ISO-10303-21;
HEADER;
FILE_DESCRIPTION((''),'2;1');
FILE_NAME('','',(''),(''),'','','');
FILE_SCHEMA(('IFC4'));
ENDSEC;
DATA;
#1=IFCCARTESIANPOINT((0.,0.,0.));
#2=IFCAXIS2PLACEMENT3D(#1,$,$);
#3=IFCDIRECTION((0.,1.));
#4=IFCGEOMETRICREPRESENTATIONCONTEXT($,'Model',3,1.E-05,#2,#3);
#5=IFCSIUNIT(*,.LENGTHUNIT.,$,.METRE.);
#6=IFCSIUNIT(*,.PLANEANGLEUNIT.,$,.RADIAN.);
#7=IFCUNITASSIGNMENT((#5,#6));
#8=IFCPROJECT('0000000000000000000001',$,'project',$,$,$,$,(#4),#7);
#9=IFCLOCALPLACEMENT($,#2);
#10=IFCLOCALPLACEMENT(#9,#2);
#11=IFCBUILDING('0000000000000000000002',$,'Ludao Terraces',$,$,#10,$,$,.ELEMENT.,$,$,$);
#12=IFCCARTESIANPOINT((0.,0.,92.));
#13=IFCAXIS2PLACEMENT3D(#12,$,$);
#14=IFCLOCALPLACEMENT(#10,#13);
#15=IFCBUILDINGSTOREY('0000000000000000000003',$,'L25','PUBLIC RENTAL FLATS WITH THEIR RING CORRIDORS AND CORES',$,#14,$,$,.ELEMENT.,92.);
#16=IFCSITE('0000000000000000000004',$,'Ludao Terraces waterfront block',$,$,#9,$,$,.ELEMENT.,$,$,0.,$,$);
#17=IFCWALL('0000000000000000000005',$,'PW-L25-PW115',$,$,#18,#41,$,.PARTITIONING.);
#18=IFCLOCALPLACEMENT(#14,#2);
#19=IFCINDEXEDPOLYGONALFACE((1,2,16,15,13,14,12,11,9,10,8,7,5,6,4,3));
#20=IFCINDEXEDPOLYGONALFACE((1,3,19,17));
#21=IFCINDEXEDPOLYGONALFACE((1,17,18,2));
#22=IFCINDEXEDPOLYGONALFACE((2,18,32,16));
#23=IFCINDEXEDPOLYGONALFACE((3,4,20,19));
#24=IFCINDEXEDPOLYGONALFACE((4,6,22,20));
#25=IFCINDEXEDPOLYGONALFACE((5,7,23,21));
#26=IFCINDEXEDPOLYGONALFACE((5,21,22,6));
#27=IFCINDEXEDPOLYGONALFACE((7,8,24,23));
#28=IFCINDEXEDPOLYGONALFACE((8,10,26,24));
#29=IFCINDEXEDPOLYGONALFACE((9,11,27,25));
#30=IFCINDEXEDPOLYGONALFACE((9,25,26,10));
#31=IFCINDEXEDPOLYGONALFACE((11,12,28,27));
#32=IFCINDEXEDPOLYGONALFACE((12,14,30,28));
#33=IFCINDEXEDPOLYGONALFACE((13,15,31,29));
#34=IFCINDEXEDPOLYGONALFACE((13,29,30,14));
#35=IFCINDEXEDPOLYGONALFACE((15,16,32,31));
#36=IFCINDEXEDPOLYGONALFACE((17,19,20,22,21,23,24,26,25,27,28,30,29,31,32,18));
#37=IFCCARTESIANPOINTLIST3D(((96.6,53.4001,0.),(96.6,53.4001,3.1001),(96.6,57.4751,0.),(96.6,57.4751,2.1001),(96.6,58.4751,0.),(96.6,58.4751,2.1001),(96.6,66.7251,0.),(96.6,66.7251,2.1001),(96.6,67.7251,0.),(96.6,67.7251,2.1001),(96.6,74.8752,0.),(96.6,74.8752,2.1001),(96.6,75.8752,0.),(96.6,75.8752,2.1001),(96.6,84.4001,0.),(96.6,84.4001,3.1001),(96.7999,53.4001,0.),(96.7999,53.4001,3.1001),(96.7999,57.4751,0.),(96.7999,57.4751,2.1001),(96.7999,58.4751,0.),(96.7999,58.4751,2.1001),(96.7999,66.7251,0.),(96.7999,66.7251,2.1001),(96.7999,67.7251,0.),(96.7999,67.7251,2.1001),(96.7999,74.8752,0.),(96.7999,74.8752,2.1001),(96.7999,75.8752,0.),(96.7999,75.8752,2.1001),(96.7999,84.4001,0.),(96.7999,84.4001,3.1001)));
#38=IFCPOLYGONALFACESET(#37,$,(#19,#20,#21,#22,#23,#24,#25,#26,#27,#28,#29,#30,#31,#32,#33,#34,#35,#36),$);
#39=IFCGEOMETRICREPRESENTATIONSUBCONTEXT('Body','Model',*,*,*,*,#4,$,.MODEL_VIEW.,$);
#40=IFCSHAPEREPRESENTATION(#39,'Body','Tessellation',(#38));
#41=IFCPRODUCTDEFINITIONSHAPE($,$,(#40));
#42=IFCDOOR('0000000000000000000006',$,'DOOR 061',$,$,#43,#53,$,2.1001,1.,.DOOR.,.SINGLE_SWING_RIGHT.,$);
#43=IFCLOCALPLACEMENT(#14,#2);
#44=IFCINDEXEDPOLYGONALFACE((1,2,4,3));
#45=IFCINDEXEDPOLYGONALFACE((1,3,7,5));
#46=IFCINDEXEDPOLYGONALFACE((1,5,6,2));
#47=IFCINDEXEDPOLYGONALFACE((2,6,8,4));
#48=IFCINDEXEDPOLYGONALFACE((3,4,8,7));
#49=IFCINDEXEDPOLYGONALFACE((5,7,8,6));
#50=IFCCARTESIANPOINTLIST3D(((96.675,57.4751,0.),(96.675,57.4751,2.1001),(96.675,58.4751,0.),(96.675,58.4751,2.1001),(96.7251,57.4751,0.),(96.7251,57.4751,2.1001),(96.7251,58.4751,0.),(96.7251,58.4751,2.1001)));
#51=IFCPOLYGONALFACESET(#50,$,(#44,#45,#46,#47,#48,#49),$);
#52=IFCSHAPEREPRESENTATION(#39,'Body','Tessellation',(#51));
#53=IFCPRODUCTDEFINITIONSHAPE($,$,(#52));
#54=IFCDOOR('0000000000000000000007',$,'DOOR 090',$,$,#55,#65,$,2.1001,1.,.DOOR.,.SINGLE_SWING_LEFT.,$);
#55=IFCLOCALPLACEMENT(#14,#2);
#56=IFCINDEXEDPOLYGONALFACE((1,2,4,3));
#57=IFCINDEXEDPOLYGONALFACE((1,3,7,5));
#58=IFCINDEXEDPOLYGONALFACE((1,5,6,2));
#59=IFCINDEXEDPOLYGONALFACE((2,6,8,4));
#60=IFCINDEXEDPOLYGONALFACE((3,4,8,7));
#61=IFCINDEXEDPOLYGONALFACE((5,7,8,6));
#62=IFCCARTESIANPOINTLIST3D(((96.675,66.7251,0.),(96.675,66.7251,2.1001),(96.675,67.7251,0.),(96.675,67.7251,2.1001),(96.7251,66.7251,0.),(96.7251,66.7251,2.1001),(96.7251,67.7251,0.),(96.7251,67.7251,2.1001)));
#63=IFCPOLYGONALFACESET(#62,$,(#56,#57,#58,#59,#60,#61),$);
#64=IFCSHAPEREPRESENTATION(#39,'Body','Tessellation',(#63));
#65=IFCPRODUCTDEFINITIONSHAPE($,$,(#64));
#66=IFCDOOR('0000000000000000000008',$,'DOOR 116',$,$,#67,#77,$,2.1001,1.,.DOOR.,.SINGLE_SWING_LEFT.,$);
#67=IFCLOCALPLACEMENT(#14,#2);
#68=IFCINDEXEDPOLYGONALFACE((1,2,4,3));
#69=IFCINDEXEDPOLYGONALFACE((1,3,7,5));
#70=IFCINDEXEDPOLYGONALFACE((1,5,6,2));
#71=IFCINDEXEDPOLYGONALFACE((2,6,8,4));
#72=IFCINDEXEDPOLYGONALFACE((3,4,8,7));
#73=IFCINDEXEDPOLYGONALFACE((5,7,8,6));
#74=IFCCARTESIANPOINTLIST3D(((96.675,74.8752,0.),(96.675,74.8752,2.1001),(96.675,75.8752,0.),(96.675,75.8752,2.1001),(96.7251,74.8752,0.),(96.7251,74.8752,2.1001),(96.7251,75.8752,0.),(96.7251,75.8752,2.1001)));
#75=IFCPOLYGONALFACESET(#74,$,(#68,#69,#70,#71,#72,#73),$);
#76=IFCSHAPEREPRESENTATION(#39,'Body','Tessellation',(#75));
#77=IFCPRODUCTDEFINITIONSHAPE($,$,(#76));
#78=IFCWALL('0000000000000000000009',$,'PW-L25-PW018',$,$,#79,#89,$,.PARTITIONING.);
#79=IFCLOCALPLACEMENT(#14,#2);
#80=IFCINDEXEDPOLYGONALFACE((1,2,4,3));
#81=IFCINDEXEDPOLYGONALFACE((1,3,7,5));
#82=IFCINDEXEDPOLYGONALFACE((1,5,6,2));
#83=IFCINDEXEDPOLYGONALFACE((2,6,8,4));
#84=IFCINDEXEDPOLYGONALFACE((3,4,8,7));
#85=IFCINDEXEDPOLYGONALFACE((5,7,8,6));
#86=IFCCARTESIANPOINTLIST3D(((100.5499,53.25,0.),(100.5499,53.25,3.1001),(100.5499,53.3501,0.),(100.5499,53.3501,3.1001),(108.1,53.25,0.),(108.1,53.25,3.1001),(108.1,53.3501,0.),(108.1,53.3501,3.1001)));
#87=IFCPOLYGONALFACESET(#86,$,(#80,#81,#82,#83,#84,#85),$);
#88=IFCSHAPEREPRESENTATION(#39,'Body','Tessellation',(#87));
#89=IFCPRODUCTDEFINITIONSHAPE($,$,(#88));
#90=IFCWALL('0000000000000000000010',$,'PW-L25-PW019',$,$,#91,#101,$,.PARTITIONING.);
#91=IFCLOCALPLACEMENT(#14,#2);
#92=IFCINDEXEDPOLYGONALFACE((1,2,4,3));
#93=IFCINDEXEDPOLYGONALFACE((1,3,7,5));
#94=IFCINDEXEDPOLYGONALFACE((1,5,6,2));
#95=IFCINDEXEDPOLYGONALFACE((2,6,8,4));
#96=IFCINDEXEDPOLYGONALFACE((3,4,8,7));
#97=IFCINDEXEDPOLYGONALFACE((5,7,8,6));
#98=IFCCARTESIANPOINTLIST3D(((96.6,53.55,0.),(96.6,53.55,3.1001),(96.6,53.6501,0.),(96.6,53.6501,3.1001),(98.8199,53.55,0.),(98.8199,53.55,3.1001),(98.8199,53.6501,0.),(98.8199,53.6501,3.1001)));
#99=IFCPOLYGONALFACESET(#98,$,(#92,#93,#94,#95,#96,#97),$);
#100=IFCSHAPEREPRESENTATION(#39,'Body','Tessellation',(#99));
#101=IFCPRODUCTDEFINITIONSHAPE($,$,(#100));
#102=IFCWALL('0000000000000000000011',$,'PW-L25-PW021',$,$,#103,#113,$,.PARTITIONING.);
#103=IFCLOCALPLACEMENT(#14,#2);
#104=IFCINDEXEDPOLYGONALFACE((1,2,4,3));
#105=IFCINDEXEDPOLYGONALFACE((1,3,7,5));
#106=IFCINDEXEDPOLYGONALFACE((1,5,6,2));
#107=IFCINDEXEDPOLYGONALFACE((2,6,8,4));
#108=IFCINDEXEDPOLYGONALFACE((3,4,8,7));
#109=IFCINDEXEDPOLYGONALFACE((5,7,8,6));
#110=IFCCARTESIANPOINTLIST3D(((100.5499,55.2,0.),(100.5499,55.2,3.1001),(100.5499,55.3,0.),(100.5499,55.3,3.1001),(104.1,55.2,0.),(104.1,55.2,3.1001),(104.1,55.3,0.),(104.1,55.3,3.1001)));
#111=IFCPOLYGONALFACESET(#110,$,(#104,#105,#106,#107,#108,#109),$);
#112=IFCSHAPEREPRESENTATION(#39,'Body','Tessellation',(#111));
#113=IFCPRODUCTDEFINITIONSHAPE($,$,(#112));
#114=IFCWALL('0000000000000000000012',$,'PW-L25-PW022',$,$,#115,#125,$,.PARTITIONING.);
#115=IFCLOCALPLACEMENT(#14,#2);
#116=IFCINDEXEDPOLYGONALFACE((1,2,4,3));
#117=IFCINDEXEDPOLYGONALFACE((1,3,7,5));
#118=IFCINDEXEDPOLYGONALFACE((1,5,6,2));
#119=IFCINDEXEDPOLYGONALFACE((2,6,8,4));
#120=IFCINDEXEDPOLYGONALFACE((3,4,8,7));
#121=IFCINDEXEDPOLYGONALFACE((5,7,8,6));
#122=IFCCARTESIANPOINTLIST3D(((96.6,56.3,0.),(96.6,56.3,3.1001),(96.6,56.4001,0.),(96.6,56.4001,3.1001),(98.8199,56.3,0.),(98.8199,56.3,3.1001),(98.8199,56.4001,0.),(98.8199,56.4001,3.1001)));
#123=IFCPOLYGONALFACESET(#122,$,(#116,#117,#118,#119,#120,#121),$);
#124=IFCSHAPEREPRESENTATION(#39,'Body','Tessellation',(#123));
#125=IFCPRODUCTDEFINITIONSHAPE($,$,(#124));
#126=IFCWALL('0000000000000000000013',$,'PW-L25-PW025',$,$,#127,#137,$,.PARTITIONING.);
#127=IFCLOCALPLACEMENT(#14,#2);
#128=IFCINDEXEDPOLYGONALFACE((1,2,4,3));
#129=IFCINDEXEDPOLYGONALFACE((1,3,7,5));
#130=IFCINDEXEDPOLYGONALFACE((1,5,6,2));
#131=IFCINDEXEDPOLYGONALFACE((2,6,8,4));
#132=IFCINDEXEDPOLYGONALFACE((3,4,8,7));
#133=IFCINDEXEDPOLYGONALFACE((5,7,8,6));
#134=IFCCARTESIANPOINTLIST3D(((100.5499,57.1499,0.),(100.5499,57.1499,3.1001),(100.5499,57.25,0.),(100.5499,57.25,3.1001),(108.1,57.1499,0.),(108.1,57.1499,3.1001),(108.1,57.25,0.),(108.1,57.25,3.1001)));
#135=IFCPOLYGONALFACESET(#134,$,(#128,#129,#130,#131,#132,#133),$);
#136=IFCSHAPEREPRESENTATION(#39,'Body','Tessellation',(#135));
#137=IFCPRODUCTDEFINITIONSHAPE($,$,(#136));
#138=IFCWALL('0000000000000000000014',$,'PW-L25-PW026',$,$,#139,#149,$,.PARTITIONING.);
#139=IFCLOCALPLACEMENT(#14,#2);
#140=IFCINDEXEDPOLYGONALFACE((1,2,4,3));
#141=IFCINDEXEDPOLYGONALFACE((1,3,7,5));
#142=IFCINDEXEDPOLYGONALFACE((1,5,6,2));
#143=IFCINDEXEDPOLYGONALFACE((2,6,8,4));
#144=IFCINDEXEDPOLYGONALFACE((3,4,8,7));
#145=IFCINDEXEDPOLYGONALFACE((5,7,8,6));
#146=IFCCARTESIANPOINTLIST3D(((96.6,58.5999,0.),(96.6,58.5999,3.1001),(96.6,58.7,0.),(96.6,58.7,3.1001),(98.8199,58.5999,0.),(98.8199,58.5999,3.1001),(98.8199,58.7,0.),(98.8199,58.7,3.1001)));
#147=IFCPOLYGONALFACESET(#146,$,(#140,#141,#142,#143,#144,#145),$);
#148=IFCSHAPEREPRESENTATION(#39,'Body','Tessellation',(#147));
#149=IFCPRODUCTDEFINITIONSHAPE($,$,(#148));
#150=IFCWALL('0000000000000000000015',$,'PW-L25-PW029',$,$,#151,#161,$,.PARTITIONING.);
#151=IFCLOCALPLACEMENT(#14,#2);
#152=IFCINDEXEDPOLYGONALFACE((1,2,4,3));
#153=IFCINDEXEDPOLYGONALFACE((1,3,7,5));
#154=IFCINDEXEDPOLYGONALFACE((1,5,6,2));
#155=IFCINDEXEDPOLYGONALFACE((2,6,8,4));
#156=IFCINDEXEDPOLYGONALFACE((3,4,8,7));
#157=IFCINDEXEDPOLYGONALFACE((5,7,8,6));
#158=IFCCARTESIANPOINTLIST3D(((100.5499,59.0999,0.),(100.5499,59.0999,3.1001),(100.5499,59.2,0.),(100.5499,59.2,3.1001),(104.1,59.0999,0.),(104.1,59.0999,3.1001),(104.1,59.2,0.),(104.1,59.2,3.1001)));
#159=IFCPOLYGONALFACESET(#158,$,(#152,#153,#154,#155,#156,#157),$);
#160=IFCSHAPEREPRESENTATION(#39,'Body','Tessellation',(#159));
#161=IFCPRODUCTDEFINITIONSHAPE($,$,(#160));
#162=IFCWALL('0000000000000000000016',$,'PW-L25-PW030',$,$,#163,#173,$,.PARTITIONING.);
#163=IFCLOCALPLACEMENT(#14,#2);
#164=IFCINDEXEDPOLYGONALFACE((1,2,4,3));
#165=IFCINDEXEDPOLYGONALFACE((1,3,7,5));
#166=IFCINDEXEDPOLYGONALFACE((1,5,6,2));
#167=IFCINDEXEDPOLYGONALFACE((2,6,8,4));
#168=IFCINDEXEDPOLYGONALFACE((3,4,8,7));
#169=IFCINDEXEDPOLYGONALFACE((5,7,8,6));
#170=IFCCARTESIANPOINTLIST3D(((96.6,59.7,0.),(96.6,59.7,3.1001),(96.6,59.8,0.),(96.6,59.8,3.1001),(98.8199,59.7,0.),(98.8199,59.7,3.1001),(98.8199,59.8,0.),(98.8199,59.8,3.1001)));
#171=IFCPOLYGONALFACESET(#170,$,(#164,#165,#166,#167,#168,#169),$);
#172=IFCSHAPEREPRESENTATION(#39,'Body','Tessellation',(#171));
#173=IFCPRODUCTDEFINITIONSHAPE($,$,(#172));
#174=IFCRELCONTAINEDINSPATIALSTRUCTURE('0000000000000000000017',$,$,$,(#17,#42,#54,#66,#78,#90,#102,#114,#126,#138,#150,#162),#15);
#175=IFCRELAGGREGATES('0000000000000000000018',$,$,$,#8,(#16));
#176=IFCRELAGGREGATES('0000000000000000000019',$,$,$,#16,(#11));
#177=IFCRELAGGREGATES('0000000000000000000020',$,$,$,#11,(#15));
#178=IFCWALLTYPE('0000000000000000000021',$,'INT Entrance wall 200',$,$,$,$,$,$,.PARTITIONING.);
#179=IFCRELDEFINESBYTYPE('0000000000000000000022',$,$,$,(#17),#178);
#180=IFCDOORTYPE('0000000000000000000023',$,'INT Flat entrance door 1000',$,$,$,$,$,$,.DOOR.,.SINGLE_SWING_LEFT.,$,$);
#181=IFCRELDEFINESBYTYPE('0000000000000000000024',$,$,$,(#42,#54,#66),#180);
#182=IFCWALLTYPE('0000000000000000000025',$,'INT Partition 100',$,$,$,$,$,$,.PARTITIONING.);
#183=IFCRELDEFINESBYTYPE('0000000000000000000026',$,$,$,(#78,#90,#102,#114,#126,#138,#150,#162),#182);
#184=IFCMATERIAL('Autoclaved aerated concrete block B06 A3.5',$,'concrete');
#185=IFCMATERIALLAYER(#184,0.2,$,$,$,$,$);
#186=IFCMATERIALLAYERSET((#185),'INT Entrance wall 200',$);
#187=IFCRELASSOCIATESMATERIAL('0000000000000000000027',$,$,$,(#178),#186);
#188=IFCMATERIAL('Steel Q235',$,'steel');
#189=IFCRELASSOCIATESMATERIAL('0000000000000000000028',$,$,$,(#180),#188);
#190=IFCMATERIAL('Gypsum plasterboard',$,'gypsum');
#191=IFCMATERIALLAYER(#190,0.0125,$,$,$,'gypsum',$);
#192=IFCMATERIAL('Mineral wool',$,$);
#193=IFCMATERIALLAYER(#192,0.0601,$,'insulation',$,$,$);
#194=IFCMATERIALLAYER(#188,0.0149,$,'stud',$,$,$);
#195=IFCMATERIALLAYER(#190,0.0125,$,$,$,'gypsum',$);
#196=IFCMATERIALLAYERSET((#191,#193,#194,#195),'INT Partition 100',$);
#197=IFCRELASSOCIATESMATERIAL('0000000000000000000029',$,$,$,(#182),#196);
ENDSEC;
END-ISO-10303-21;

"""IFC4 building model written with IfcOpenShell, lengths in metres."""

from ifc_helpers import new_model, si_unit, direction, frame, frame_2d, origin, place, context, subcontext, project, spatial, rectangle, extrude, material, layer, layer_set, type_object, element, fill, save


model = new_model("IFC4")

# Units and contexts
model_context = context("Model", 3, precision=1e-05, world=origin(), true_north=direction((0.0, 1.0)))
body_context = subcontext(model_context, "Body", "Model", "MODEL_VIEW")
ifc_project = project(units=[si_unit("LENGTHUNIT", "METRE"), si_unit("PLANEANGLEUNIT", "RADIAN")], contexts=[model_context])

# Site, building, storey
site_placement = place(None, origin())
site = spatial("IfcSite", under=ifc_project, at=site_placement, Name="Ludao Terraces waterfront block", CompositionType="ELEMENT", RefElevation=0.0)
building_placement = place(site_placement, origin())
building = spatial("IfcBuilding", under=site, at=building_placement, Name="Ludao Terraces", CompositionType="ELEMENT")
storey_placement = place(building_placement, frame((0.0, 0.0, 92.0)))
storey = spatial("IfcBuildingStorey", under=building, at=storey_placement, Name="L25", Description="PUBLIC RENTAL FLATS WITH THEIR RING CORRIDORS AND CORES", CompositionType="ELEMENT", Elevation=92.0)

# Wall, openings, doors
ifc_material_1 = material(Name="Autoclaved aerated concrete block B06 A3.5", Category="concrete")
ifc_layer_1 = layer(ifc_material_1, 0.2)
ifc_layer_set_1 = layer_set([ifc_layer_1], Name="INT Entrance wall 200")
wall_type_1 = type_object("IfcWallType", Name="INT Entrance wall 200", PredefinedType="PARTITIONING", material=ifc_layer_set_1)
wall_1_placement = place(storey_placement, frame((96.7, 53.4001, 0.0), z_axis=(0.0, 0.0, 1.0), x_axis=(0.0, 1.0, 0.0)))
wall_1 = element("IfcWall", 1, at=wall_1_placement, inside=storey, type_object=wall_type_1, Name="PW-L25-PW115", PredefinedType="PARTITIONING", context=body_context, shape_type="SweptSolid", body=[
    extrude(rectangle(XDim=31.0, YDim=0.2, at=frame_2d((15.5, 0.0))), origin(), (0.0, 0.0, 1.0), 3.1001),
])
opening_1_placement = place(wall_1_placement, frame((4.075, 0.0, 0.0)))
opening_1 = element("IfcOpeningElement", 2, at=opening_1_placement, cuts=wall_1, PredefinedType="OPENING", context=body_context, shape_type="SweptSolid", body=[
    extrude(rectangle(XDim=1.0, YDim=2.1001, at=frame_2d((0.5, 1.05))), frame((0.0, 0.1099, 0.0), z_axis=(0.0, -1.0, 0.0), x_axis=(1.0, 0.0, 0.0)), (0.0, 0.0, 1.0), 0.22),
])
opening_2_placement = place(wall_1_placement, frame((13.325, 0.0, 0.0)))
opening_2 = element("IfcOpeningElement", 3, at=opening_2_placement, cuts=wall_1, PredefinedType="OPENING", context=body_context, shape_type="SweptSolid", body=[
    extrude(rectangle(XDim=1.0, YDim=2.1001, at=frame_2d((0.5, 1.05))), frame((0.0, 0.1099, 0.0), z_axis=(0.0, -1.0, 0.0), x_axis=(1.0, 0.0, 0.0)), (0.0, 0.0, 1.0), 0.22),
])
opening_3_placement = place(wall_1_placement, frame((21.4751, 0.0, 0.0)))
opening_3 = element("IfcOpeningElement", 4, at=opening_3_placement, cuts=wall_1, PredefinedType="OPENING", context=body_context, shape_type="SweptSolid", body=[
    extrude(rectangle(XDim=1.0, YDim=2.1001, at=frame_2d((0.5, 1.05))), frame((0.0, 0.1099, 0.0), z_axis=(0.0, -1.0, 0.0), x_axis=(1.0, 0.0, 0.0)), (0.0, 0.0, 1.0), 0.22),
])
ifc_material_2 = material(Name="Steel Q235", Category="steel")
door_type_1 = type_object("IfcDoorType", Name="INT Flat entrance door 1000", OperationType="SINGLE_SWING_LEFT", PredefinedType="DOOR", material=ifc_material_2)
door_1_placement = place(opening_1_placement, origin())
door_1 = element("IfcDoor", 5, at=door_1_placement, inside=storey, type_object=door_type_1, Name="DOOR 061", OperationType="SINGLE_SWING_RIGHT", OverallHeight=2.1001, OverallWidth=1.0, PredefinedType="DOOR", context=body_context, shape_type="SweptSolid", body=[
    extrude(rectangle(XDim=1.0, YDim=2.1001, at=frame_2d((0.5, 1.05))), frame((0.0, 0.0249, 0.0), z_axis=(0.0, -1.0, 0.0), x_axis=(1.0, 0.0, 0.0)), (0.0, 0.0, 1.0), 0.05),
])
fill(opening_1, door_1)
door_2_placement = place(opening_2_placement, origin())
door_2 = element("IfcDoor", 6, at=door_2_placement, inside=storey, type_object=door_type_1, Name="DOOR 090", OperationType="SINGLE_SWING_LEFT", OverallHeight=2.1001, OverallWidth=1.0, PredefinedType="DOOR", context=body_context, shape_type="SweptSolid", body=[
    extrude(rectangle(XDim=1.0, YDim=2.1001, at=frame_2d((0.5, 1.05))), frame((0.0, 0.0249, 0.0), z_axis=(0.0, -1.0, 0.0), x_axis=(1.0, 0.0, 0.0)), (0.0, 0.0, 1.0), 0.05),
])
fill(opening_2, door_2)
door_3_placement = place(opening_3_placement, origin())
door_3 = element("IfcDoor", 7, at=door_3_placement, inside=storey, type_object=door_type_1, Name="DOOR 116", OperationType="SINGLE_SWING_LEFT", OverallHeight=2.1001, OverallWidth=1.0, PredefinedType="DOOR", context=body_context, shape_type="SweptSolid", body=[
    extrude(rectangle(XDim=1.0, YDim=2.1001, at=frame_2d((0.5, 1.05))), frame((0.0, 0.0249, 0.0), z_axis=(0.0, -1.0, 0.0), x_axis=(1.0, 0.0, 0.0)), (0.0, 0.0, 1.0), 0.05),
])
fill(opening_3, door_3)

# Walls
ifc_material_3 = material(Name="Gypsum plasterboard", Category="gypsum")
ifc_layer_2 = layer(ifc_material_3, 0.0125, Category="gypsum")
ifc_material_4 = material(Name="Mineral wool")
ifc_layer_3 = layer(ifc_material_4, 0.0601, Name="insulation")
ifc_layer_4 = layer(ifc_material_2, 0.0149, Name="stud")
ifc_layer_5 = layer(ifc_material_3, 0.0125, Category="gypsum")
ifc_layer_set_2 = layer_set([ifc_layer_2, ifc_layer_3, ifc_layer_4, ifc_layer_5], Name="INT Partition 100")
wall_type_2 = type_object("IfcWallType", Name="INT Partition 100", PredefinedType="PARTITIONING", material=ifc_layer_set_2)
wall_2_placement = place(storey_placement, frame((100.55, 53.3, 0.0), z_axis=(0.0, 0.0, 1.0), x_axis=(1.0, 0.0, 0.0)))
element("IfcWall", 8, at=wall_2_placement, inside=storey, type_object=wall_type_2, Name="PW-L25-PW018", PredefinedType="PARTITIONING", context=body_context, shape_type="SweptSolid", body=[
    extrude(rectangle(XDim=7.55, YDim=0.1001, at=frame_2d((3.7749, 0.0))), origin(), (0.0, 0.0, 1.0), 3.1001),
])
wall_3_placement = place(storey_placement, frame((96.6001, 53.6001, 0.0), z_axis=(0.0, 0.0, 1.0), x_axis=(1.0, 0.0, 0.0)))
element("IfcWall", 9, at=wall_3_placement, inside=storey, type_object=wall_type_2, Name="PW-L25-PW019", PredefinedType="PARTITIONING", context=body_context, shape_type="SweptSolid", body=[
    extrude(rectangle(XDim=2.22, YDim=0.1001, at=frame_2d((1.1099, 0.0))), origin(), (0.0, 0.0, 1.0), 3.1001),
])
wall_4_placement = place(storey_placement, frame((100.55, 55.25, 0.0), z_axis=(0.0, 0.0, 1.0), x_axis=(1.0, 0.0, 0.0)))
element("IfcWall", 10, at=wall_4_placement, inside=storey, type_object=wall_type_2, Name="PW-L25-PW021", PredefinedType="PARTITIONING", context=body_context, shape_type="SweptSolid", body=[
    extrude(rectangle(XDim=3.55, YDim=0.1001, at=frame_2d((1.7749, 0.0))), origin(), (0.0, 0.0, 1.0), 3.1001),
])
wall_5_placement = place(storey_placement, frame((96.6001, 56.3501, 0.0), z_axis=(0.0, 0.0, 1.0), x_axis=(1.0, 0.0, 0.0)))
element("IfcWall", 11, at=wall_5_placement, inside=storey, type_object=wall_type_2, Name="PW-L25-PW022", PredefinedType="PARTITIONING", context=body_context, shape_type="SweptSolid", body=[
    extrude(rectangle(XDim=2.22, YDim=0.1001, at=frame_2d((1.1099, 0.0))), origin(), (0.0, 0.0, 1.0), 3.1001),
])
wall_6_placement = place(storey_placement, frame((100.55, 57.2, 0.0), z_axis=(0.0, 0.0, 1.0), x_axis=(1.0, 0.0, 0.0)))
element("IfcWall", 12, at=wall_6_placement, inside=storey, type_object=wall_type_2, Name="PW-L25-PW025", PredefinedType="PARTITIONING", context=body_context, shape_type="SweptSolid", body=[
    extrude(rectangle(XDim=7.55, YDim=0.1001, at=frame_2d((3.7749, 0.0))), origin(), (0.0, 0.0, 1.0), 3.1001),
])
wall_7_placement = place(storey_placement, frame((96.6001, 58.6499, 0.0), z_axis=(0.0, 0.0, 1.0), x_axis=(1.0, 0.0, 0.0)))
element("IfcWall", 13, at=wall_7_placement, inside=storey, type_object=wall_type_2, Name="PW-L25-PW026", PredefinedType="PARTITIONING", context=body_context, shape_type="SweptSolid", body=[
    extrude(rectangle(XDim=2.22, YDim=0.1001, at=frame_2d((1.1099, 0.0))), origin(), (0.0, 0.0, 1.0), 3.1001),
])
wall_8_placement = place(storey_placement, frame((100.55, 59.1499, 0.0), z_axis=(0.0, 0.0, 1.0), x_axis=(1.0, 0.0, 0.0)))
element("IfcWall", 14, at=wall_8_placement, inside=storey, type_object=wall_type_2, Name="PW-L25-PW029", PredefinedType="PARTITIONING", context=body_context, shape_type="SweptSolid", body=[
    extrude(rectangle(XDim=3.55, YDim=0.1001, at=frame_2d((1.7749, 0.0))), origin(), (0.0, 0.0, 1.0), 3.1001),
])
wall_9_placement = place(storey_placement, frame((96.6001, 59.75, 0.0), z_axis=(0.0, 0.0, 1.0), x_axis=(1.0, 0.0, 0.0)))
element("IfcWall", 15, at=wall_9_placement, inside=storey, type_object=wall_type_2, Name="PW-L25-PW030", PredefinedType="PARTITIONING", context=body_context, shape_type="SweptSolid", body=[
    extrude(rectangle(XDim=2.22, YDim=0.1001, at=frame_2d((1.1099, 0.0))), origin(), (0.0, 0.0, 1.0), 3.1001),
])

save(model, "model.ifc")
